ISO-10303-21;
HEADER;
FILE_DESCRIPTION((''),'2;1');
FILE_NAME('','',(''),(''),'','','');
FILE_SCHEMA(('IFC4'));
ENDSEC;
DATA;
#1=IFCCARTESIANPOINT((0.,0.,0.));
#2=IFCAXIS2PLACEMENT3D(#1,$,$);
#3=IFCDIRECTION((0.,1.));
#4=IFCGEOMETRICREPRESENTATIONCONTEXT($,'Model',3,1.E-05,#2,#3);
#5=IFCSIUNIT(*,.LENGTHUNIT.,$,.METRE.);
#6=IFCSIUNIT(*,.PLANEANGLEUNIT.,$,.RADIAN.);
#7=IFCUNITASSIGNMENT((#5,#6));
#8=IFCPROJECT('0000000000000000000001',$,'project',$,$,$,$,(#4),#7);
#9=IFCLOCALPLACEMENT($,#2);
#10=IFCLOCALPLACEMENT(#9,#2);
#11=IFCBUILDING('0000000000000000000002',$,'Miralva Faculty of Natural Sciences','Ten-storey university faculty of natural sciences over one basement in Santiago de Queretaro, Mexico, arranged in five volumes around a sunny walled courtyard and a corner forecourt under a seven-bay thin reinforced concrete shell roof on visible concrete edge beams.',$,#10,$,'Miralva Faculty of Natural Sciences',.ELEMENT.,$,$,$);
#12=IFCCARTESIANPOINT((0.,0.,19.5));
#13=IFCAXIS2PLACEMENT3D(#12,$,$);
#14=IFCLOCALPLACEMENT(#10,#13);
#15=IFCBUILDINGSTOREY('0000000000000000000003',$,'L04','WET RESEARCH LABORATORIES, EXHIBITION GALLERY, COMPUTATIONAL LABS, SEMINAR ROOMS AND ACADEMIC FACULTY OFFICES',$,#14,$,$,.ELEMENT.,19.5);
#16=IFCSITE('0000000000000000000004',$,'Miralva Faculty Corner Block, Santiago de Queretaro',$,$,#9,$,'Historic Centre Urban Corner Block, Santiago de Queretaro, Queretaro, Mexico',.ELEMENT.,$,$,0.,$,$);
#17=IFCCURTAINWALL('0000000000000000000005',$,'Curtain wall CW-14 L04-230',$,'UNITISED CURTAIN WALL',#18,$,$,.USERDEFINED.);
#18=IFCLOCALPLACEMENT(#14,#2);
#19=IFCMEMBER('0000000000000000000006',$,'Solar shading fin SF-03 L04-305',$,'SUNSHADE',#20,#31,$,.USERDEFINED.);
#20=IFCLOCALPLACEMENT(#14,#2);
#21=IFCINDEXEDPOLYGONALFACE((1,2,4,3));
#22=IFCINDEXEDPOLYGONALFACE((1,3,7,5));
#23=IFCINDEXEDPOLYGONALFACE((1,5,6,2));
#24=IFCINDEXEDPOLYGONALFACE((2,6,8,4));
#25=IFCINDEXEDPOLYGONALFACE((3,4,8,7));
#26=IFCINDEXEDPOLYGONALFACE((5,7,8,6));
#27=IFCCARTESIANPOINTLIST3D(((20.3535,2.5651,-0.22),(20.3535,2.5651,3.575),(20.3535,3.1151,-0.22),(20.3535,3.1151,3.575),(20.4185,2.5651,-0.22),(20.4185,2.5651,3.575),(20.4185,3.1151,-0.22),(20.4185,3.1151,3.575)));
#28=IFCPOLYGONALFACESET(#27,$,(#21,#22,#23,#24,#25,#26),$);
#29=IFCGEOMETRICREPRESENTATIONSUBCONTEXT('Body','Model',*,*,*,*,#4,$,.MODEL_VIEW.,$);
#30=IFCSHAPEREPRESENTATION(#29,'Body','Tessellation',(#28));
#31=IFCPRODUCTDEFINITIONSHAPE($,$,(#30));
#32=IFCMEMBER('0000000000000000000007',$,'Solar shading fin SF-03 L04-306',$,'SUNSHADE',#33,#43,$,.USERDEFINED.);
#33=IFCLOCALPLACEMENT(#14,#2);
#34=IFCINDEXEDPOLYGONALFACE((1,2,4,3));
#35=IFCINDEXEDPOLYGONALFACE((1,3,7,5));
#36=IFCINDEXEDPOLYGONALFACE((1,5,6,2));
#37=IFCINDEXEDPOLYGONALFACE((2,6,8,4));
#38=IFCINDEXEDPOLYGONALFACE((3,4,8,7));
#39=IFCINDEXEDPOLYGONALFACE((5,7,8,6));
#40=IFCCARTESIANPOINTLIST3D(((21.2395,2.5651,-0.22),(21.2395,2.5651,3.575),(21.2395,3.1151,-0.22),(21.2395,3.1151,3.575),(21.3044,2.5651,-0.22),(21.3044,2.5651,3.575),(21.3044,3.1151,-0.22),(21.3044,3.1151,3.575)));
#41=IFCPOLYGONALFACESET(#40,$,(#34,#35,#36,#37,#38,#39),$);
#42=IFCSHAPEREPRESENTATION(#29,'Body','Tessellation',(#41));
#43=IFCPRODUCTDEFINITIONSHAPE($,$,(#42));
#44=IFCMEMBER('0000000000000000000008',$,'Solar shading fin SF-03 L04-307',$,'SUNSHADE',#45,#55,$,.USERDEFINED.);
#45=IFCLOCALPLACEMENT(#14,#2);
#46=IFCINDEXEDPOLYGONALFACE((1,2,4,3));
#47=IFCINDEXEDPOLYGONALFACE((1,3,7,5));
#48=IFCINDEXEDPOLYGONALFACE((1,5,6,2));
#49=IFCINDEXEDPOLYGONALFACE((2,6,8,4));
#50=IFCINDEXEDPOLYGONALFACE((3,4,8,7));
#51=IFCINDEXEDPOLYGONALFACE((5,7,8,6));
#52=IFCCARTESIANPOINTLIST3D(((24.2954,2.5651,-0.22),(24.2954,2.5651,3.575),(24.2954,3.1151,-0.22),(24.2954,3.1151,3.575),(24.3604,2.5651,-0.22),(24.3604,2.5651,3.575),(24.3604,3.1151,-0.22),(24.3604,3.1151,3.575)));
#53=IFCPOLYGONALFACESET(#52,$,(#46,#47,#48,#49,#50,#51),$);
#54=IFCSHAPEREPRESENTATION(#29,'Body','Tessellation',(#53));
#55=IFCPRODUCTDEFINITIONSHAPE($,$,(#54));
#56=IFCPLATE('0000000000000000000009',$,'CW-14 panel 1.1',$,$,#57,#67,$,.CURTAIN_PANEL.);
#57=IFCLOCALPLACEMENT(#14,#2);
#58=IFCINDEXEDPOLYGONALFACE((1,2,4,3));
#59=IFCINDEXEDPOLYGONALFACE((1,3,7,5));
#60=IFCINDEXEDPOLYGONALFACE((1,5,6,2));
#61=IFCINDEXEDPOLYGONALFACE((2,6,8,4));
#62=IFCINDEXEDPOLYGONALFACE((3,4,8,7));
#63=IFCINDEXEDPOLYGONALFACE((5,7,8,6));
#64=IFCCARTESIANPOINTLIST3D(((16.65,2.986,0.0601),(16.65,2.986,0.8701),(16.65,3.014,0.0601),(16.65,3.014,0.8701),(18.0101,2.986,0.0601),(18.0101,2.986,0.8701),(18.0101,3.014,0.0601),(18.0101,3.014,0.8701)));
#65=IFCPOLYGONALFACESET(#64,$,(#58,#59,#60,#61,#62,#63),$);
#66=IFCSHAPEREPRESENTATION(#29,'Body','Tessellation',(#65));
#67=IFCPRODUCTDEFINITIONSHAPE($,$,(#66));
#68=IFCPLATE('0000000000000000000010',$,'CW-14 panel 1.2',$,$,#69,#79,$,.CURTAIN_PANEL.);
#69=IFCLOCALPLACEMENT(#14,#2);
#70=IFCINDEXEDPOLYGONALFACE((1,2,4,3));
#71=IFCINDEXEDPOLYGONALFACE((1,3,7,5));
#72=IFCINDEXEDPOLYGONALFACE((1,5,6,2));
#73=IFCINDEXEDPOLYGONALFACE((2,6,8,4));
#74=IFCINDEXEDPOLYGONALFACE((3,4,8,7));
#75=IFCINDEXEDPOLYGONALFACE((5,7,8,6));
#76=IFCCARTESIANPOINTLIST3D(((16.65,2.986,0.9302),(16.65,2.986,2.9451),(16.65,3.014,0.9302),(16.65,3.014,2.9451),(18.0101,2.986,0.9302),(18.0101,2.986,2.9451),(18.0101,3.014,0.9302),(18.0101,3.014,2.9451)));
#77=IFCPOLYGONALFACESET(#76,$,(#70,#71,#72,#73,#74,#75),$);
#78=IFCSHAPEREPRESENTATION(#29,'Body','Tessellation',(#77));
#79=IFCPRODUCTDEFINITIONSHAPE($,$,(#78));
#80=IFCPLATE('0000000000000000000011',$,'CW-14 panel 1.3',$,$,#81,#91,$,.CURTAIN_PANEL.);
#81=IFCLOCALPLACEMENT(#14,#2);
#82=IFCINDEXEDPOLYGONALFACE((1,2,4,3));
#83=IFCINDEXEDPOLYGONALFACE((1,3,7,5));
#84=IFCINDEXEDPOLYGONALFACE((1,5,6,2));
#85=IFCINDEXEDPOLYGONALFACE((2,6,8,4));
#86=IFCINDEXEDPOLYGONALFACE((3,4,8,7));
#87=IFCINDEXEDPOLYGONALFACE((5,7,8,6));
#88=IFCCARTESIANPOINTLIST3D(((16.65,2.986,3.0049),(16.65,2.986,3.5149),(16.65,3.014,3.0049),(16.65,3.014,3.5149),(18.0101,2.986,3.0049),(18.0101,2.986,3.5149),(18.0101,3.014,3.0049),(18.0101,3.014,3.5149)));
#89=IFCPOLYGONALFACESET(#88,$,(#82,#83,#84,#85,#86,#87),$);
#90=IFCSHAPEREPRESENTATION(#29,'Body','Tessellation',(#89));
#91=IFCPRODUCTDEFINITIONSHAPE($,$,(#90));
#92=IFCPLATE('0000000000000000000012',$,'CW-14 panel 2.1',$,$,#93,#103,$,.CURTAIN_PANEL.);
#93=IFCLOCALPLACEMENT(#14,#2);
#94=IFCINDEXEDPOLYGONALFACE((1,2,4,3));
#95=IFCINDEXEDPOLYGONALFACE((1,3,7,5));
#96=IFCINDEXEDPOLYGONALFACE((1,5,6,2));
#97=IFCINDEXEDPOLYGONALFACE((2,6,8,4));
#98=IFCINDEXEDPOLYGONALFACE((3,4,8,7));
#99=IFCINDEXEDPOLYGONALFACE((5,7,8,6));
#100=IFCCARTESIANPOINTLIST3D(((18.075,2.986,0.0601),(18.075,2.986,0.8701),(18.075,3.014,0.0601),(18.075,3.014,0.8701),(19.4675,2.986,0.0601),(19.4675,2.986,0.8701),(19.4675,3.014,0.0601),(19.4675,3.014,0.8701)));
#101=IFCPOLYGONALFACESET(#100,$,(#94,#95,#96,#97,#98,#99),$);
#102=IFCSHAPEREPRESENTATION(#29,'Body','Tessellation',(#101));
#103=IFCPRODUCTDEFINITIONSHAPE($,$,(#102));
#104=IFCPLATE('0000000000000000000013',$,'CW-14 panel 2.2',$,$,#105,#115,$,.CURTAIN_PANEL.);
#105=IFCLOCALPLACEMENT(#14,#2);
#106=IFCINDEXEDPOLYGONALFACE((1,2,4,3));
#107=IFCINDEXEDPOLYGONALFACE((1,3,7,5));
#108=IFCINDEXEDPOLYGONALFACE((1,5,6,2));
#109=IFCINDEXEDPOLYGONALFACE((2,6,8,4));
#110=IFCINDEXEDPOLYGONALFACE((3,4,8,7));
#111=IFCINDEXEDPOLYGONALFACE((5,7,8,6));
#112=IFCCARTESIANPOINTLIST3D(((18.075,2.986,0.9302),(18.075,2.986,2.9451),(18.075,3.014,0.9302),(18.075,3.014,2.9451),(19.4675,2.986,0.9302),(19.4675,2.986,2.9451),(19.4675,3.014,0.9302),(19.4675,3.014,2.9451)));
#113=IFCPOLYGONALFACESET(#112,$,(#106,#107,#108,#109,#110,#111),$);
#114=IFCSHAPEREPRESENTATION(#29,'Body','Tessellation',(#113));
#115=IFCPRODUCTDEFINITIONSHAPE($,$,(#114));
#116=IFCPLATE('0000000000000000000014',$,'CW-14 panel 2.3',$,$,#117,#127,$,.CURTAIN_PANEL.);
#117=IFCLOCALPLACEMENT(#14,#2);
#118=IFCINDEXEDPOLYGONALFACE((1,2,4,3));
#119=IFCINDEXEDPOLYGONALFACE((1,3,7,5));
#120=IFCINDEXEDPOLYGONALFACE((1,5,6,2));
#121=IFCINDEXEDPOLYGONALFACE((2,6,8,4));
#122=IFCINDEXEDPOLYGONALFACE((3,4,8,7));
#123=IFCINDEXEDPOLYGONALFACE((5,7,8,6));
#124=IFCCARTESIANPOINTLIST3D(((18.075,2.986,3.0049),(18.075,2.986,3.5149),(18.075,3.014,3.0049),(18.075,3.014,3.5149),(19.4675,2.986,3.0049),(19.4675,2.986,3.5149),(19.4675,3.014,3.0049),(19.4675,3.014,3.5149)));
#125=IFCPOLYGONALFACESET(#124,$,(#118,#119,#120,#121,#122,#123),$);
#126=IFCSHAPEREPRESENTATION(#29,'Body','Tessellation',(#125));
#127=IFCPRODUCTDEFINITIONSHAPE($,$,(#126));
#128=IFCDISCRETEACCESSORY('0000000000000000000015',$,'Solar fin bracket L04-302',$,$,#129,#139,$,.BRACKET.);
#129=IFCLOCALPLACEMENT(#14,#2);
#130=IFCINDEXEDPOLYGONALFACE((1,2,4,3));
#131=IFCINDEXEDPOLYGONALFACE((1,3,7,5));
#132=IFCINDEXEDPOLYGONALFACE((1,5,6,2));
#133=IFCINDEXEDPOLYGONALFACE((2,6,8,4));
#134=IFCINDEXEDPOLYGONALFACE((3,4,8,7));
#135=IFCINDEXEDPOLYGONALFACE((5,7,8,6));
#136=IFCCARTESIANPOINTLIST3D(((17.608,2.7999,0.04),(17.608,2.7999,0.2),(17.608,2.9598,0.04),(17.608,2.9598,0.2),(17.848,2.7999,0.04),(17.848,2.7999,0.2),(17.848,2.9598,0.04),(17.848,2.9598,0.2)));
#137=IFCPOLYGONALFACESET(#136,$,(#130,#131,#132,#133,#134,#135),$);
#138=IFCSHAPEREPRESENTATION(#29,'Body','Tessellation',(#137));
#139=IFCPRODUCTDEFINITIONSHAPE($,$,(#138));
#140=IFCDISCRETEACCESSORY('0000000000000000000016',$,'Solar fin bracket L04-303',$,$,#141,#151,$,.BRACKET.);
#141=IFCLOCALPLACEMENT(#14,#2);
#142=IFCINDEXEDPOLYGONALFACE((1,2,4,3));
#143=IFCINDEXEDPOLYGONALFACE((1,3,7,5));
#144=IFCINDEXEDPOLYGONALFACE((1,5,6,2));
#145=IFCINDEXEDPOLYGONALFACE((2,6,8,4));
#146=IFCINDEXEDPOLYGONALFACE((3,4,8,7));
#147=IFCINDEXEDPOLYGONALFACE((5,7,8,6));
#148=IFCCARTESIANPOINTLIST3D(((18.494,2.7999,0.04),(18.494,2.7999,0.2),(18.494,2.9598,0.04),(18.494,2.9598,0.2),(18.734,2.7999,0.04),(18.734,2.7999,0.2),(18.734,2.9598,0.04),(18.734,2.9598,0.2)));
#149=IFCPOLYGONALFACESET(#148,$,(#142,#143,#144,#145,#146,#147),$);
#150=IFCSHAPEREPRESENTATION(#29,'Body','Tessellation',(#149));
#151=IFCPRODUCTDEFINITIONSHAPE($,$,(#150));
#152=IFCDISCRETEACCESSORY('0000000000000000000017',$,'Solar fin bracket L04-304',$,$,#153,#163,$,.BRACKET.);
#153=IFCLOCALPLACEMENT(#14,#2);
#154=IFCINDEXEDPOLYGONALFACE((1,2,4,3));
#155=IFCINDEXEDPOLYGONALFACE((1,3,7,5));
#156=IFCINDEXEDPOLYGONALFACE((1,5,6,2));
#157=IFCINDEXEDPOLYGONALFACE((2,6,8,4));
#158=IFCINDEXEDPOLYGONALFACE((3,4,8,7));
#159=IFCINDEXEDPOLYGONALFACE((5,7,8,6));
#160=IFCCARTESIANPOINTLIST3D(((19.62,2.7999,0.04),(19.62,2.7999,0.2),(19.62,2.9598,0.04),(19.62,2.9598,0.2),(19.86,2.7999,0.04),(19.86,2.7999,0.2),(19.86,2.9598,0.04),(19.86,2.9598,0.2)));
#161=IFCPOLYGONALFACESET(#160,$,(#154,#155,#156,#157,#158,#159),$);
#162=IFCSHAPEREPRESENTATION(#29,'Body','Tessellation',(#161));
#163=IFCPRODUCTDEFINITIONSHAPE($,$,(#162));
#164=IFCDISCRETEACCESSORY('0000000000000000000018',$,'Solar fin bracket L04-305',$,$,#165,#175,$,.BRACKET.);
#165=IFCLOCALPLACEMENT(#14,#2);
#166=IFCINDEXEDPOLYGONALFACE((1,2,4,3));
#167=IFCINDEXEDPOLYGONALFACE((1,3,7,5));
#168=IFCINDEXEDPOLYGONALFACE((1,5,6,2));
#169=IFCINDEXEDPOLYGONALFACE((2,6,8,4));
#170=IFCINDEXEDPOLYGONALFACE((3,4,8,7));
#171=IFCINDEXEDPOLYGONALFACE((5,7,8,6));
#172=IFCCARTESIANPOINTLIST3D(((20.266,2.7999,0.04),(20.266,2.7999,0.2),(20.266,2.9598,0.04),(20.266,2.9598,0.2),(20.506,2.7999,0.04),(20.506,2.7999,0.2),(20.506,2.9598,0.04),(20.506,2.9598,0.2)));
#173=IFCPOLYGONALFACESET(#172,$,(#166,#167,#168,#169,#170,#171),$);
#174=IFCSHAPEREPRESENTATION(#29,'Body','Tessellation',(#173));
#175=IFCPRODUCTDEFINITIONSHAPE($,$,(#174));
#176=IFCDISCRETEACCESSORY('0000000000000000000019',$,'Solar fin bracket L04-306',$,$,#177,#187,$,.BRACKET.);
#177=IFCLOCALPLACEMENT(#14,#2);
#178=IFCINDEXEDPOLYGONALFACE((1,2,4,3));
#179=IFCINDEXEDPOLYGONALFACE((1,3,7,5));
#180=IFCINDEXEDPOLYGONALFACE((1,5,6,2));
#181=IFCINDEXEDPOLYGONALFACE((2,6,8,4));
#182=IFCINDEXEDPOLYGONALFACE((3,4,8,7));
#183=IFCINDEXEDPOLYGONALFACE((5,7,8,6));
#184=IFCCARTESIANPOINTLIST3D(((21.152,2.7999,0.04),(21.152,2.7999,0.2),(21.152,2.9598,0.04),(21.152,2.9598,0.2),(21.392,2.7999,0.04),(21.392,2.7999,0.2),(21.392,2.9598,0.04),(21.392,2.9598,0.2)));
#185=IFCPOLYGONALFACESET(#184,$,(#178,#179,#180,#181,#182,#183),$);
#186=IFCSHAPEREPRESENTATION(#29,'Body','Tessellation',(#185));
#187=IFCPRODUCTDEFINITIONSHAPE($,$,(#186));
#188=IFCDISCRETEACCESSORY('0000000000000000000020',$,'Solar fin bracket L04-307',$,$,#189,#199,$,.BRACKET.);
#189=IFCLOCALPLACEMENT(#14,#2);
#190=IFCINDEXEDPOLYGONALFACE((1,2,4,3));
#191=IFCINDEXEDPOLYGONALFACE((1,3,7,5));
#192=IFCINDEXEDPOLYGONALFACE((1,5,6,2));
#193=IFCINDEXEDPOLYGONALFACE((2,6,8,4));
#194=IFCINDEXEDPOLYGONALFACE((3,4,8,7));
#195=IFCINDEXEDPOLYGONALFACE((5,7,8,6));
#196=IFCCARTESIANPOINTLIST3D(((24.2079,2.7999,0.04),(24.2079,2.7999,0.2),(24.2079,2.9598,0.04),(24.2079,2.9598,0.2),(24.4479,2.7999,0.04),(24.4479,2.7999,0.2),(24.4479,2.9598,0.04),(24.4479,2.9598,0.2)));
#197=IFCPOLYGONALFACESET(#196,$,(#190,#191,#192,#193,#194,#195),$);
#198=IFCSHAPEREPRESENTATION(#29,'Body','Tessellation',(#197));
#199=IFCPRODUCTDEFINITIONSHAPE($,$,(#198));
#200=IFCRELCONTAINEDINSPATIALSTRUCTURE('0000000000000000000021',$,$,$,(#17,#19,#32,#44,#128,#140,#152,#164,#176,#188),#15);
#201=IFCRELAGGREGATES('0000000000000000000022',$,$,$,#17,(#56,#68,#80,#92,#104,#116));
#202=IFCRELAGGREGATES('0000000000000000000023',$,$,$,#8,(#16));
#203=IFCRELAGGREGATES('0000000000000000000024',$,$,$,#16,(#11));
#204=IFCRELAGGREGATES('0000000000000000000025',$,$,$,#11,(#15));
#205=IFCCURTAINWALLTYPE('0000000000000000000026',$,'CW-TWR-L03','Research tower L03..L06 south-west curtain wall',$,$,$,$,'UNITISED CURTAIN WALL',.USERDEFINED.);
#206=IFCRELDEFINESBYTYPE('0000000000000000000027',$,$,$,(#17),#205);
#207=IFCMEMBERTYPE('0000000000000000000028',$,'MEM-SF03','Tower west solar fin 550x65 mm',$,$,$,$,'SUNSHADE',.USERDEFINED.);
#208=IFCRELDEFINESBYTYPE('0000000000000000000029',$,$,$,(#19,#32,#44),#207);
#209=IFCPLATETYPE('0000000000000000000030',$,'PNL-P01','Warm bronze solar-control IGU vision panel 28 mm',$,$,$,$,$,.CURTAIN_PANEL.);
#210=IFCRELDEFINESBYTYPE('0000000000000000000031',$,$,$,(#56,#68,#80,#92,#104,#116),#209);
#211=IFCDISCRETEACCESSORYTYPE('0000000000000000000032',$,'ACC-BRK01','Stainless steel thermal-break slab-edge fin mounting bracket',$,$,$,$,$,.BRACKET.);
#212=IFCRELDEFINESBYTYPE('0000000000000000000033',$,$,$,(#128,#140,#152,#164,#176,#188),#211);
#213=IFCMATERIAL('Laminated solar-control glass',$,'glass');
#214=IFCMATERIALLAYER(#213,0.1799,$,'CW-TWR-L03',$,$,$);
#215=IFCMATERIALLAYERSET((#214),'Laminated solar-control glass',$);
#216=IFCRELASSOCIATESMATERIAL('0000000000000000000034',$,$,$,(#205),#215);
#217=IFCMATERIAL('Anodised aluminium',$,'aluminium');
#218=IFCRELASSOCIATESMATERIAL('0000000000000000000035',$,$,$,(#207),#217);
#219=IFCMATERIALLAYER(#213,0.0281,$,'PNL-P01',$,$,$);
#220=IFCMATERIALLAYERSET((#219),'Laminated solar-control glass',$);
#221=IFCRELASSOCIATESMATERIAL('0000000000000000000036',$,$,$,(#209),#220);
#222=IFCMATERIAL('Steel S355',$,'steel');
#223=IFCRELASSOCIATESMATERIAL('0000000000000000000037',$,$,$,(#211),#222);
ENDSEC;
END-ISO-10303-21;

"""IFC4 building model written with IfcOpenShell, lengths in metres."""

from ifc_helpers import new_model, si_unit, direction, frame, origin, origin_2d, place, context, subcontext, project, spatial, rectangle, extrude, material, layer, layer_set, material_profile, profile_set, type_object, element, aggregate, save


model = new_model("IFC4")

# Units and contexts
model_context = context("Model", 3, precision=1e-05, world=origin(), true_north=direction((0.0, 1.0)))
body_context = subcontext(model_context, "Body", "Model", "MODEL_VIEW")
ifc_project = project(units=[si_unit("LENGTHUNIT", "METRE"), si_unit("PLANEANGLEUNIT", "RADIAN")], contexts=[model_context])

# Site, building, storey
site_placement = place(None, origin())
site = spatial("IfcSite", under=ifc_project, at=site_placement, Name="Miralva Faculty Corner Block, Santiago de Queretaro", LongName="Historic Centre Urban Corner Block, Santiago de Queretaro, Queretaro, Mexico", CompositionType="ELEMENT", RefElevation=0.0)
building_placement = place(site_placement, origin())
building = spatial("IfcBuilding", under=site, at=building_placement, Name="Miralva Faculty of Natural Sciences", Description="Ten-storey university faculty of natural sciences over one basement in Santiago de Queretaro, Mexico, arranged in five volumes around a sunny walled courtyard and a corner forecourt under a seven-bay thin reinforced concrete shell roof on visible concrete edge beams.", LongName="Miralva Faculty of Natural Sciences", CompositionType="ELEMENT")
storey_placement = place(building_placement, frame((0.0, 0.0, 19.5)))
storey = spatial("IfcBuildingStorey", under=building, at=storey_placement, Name="L04", Description="WET RESEARCH LABORATORIES, EXHIBITION GALLERY, COMPUTATIONAL LABS, SEMINAR ROOMS AND ACADEMIC FACULTY OFFICES", CompositionType="ELEMENT", Elevation=19.5)

# Curtain wall
ifc_material_1 = material(Name="Laminated solar-control glass", Category="glass")
ifc_layer_1 = layer(ifc_material_1, 0.1799, Name="CW-TWR-L03")
ifc_layer_set_1 = layer_set([ifc_layer_1], Name="Laminated solar-control glass")
curtain_wall_type = type_object("IfcCurtainWallType", Name="CW-TWR-L03", Description="Research tower L03..L06 south-west curtain wall", ElementType="UNITISED CURTAIN WALL", PredefinedType="USERDEFINED", material=ifc_layer_set_1)
curtain_wall_placement = place(storey_placement, origin())
curtain_wall = element("IfcCurtainWall", 1, at=curtain_wall_placement, inside=storey, type_object=curtain_wall_type, Name="Curtain wall CW-14 L04-230", ObjectType="UNITISED CURTAIN WALL", PredefinedType="USERDEFINED")
ifc_material_2 = material(Name="Anodised aluminium", Category="aluminium")

# Members
ifc_material_profile_1 = material_profile(ifc_material_2, rectangle(XDim=0.0649, YDim=0.55, at=origin_2d()), Name="FIN 550x65")
ifc_profile_set_1 = profile_set([ifc_material_profile_1], Name="Anodised aluminium")
member_type_1 = type_object("IfcMemberType", Name="MEM-SF03", Description="Tower west solar fin 550x65 mm", ElementType="SUNSHADE", PredefinedType="USERDEFINED", material=ifc_profile_set_1)
for number, where, z_axis, x_axis, name in (
    (2, (20.386, 2.8401, -0.22), (0.0, 0.0, 1.0), (1.0, 0.0, 0.0), "Solar shading fin SF-03 L04-305"),
    (3, (21.272, 2.8401, -0.22), (0.0, 0.0, 1.0), (1.0, 0.0, 0.0), "Solar shading fin SF-03 L04-306"),
    (4, (24.3279, 2.8401, -0.22), (0.0, 0.0, 1.0), (1.0, 0.0, 0.0), "Solar shading fin SF-03 L04-307"),
):
    element("IfcMember", number, at=place(storey_placement, frame(where, z_axis=z_axis, x_axis=x_axis)), inside=storey, type_object=member_type_1, Name=name, ObjectType="SUNSHADE", PredefinedType="USERDEFINED", context=body_context, shape_type="SweptSolid", body=[
        extrude(rectangle(XDim=0.0649, YDim=0.55, at=origin_2d()), origin(), (0.0, 0.0, 1.0), 3.7949),
    ])

# Plates
ifc_layer_2 = layer(ifc_material_1, 0.0281, Name="PNL-P01")
ifc_layer_set_2 = layer_set([ifc_layer_2], Name="Laminated solar-control glass")
plate_type = type_object("IfcPlateType", Name="PNL-P01", Description="Warm bronze solar-control IGU vision panel 28 mm", PredefinedType="CURTAIN_PANEL", material=ifc_layer_set_2)
plate_1_placement = place(storey_placement, frame((17.3301, 3.0, 0.0601), z_axis=(0.0, 0.0, 1.0), x_axis=(1.0, 0.0, 0.0)))
plate_1 = element("IfcPlate", 5, at=plate_1_placement, type_object=plate_type, Name="CW-14 panel 1.1", PredefinedType="CURTAIN_PANEL", context=body_context, shape_type="SweptSolid", body=[
    extrude(rectangle(XDim=1.3601, YDim=0.0281, at=origin_2d()), origin(), (0.0, 0.0, 1.0), 0.8101),
])
plate_2_placement = place(storey_placement, frame((17.3301, 3.0, 0.9302), z_axis=(0.0, 0.0, 1.0), x_axis=(1.0, 0.0, 0.0)))
plate_2 = element("IfcPlate", 6, at=plate_2_placement, type_object=plate_type, Name="CW-14 panel 1.2", PredefinedType="CURTAIN_PANEL", context=body_context, shape_type="SweptSolid", body=[
    extrude(rectangle(XDim=1.3601, YDim=0.0281, at=origin_2d()), origin(), (0.0, 0.0, 1.0), 2.0149),
])
plate_3_placement = place(storey_placement, frame((17.3301, 3.0, 3.0049), z_axis=(0.0, 0.0, 1.0), x_axis=(1.0, 0.0, 0.0)))
plate_3 = element("IfcPlate", 7, at=plate_3_placement, type_object=plate_type, Name="CW-14 panel 1.3", PredefinedType="CURTAIN_PANEL", context=body_context, shape_type="SweptSolid", body=[
    extrude(rectangle(XDim=1.3601, YDim=0.0281, at=origin_2d()), origin(), (0.0, 0.0, 1.0), 0.51),
])
plate_4_placement = place(storey_placement, frame((18.7712, 3.0, 0.0601), z_axis=(0.0, 0.0, 1.0), x_axis=(1.0, 0.0, 0.0)))
plate_4 = element("IfcPlate", 8, at=plate_4_placement, type_object=plate_type, Name="CW-14 panel 2.1", PredefinedType="CURTAIN_PANEL", context=body_context, shape_type="SweptSolid", body=[
    extrude(rectangle(XDim=1.3926, YDim=0.0281, at=origin_2d()), origin(), (0.0, 0.0, 1.0), 0.8101),
])
plate_5_placement = place(storey_placement, frame((18.7712, 3.0, 0.9302), z_axis=(0.0, 0.0, 1.0), x_axis=(1.0, 0.0, 0.0)))
plate_5 = element("IfcPlate", 9, at=plate_5_placement, type_object=plate_type, Name="CW-14 panel 2.2", PredefinedType="CURTAIN_PANEL", context=body_context, shape_type="SweptSolid", body=[
    extrude(rectangle(XDim=1.3926, YDim=0.0281, at=origin_2d()), origin(), (0.0, 0.0, 1.0), 2.0149),
])
plate_6_placement = place(storey_placement, frame((18.7712, 3.0, 3.0049), z_axis=(0.0, 0.0, 1.0), x_axis=(1.0, 0.0, 0.0)))
plate_6 = element("IfcPlate", 10, at=plate_6_placement, type_object=plate_type, Name="CW-14 panel 2.3", PredefinedType="CURTAIN_PANEL", context=body_context, shape_type="SweptSolid", body=[
    extrude(rectangle(XDim=1.3926, YDim=0.0281, at=origin_2d()), origin(), (0.0, 0.0, 1.0), 0.51),
])
aggregate(curtain_wall, [plate_1, plate_2, plate_3, plate_4, plate_5, plate_6])

# Discrete accessories
ifc_material_3 = material(Name="Steel S355", Category="steel")
discrete_accessory_type = type_object("IfcDiscreteAccessoryType", Name="ACC-BRK01", Description="Stainless steel thermal-break slab-edge fin mounting bracket", PredefinedType="BRACKET", material=ifc_material_3)
for number, where, z_axis, x_axis, name in (
    (11, (17.728, 2.8799, 0.04), (0.0, 0.0, 1.0), (0.0, -1.0, 0.0), "Solar fin bracket L04-302"),
    (12, (18.614, 2.8799, 0.04), (0.0, 0.0, 1.0), (0.0, -1.0, 0.0), "Solar fin bracket L04-303"),
    (13, (19.74, 2.8799, 0.04), (0.0, 0.0, 1.0), (0.0, -1.0, 0.0), "Solar fin bracket L04-304"),
    (14, (20.386, 2.8799, 0.04), (0.0, 0.0, 1.0), (0.0, -1.0, 0.0), "Solar fin bracket L04-305"),
    (15, (21.272, 2.8799, 0.04), (0.0, 0.0, 1.0), (0.0, -1.0, 0.0), "Solar fin bracket L04-306"),
    (16, (24.3279, 2.8799, 0.04), (0.0, 0.0, 1.0), (0.0, -1.0, 0.0), "Solar fin bracket L04-307"),
):
    element("IfcDiscreteAccessory", number, at=place(storey_placement, frame(where, z_axis=z_axis, x_axis=x_axis)), inside=storey, type_object=discrete_accessory_type, Name=name, PredefinedType="BRACKET", context=body_context, shape_type="SweptSolid", body=[
        extrude(rectangle(XDim=0.1599, YDim=0.24, at=origin_2d()), origin(), (0.0, 0.0, 1.0), 0.1599),
    ])

save(model, "model.ifc")
